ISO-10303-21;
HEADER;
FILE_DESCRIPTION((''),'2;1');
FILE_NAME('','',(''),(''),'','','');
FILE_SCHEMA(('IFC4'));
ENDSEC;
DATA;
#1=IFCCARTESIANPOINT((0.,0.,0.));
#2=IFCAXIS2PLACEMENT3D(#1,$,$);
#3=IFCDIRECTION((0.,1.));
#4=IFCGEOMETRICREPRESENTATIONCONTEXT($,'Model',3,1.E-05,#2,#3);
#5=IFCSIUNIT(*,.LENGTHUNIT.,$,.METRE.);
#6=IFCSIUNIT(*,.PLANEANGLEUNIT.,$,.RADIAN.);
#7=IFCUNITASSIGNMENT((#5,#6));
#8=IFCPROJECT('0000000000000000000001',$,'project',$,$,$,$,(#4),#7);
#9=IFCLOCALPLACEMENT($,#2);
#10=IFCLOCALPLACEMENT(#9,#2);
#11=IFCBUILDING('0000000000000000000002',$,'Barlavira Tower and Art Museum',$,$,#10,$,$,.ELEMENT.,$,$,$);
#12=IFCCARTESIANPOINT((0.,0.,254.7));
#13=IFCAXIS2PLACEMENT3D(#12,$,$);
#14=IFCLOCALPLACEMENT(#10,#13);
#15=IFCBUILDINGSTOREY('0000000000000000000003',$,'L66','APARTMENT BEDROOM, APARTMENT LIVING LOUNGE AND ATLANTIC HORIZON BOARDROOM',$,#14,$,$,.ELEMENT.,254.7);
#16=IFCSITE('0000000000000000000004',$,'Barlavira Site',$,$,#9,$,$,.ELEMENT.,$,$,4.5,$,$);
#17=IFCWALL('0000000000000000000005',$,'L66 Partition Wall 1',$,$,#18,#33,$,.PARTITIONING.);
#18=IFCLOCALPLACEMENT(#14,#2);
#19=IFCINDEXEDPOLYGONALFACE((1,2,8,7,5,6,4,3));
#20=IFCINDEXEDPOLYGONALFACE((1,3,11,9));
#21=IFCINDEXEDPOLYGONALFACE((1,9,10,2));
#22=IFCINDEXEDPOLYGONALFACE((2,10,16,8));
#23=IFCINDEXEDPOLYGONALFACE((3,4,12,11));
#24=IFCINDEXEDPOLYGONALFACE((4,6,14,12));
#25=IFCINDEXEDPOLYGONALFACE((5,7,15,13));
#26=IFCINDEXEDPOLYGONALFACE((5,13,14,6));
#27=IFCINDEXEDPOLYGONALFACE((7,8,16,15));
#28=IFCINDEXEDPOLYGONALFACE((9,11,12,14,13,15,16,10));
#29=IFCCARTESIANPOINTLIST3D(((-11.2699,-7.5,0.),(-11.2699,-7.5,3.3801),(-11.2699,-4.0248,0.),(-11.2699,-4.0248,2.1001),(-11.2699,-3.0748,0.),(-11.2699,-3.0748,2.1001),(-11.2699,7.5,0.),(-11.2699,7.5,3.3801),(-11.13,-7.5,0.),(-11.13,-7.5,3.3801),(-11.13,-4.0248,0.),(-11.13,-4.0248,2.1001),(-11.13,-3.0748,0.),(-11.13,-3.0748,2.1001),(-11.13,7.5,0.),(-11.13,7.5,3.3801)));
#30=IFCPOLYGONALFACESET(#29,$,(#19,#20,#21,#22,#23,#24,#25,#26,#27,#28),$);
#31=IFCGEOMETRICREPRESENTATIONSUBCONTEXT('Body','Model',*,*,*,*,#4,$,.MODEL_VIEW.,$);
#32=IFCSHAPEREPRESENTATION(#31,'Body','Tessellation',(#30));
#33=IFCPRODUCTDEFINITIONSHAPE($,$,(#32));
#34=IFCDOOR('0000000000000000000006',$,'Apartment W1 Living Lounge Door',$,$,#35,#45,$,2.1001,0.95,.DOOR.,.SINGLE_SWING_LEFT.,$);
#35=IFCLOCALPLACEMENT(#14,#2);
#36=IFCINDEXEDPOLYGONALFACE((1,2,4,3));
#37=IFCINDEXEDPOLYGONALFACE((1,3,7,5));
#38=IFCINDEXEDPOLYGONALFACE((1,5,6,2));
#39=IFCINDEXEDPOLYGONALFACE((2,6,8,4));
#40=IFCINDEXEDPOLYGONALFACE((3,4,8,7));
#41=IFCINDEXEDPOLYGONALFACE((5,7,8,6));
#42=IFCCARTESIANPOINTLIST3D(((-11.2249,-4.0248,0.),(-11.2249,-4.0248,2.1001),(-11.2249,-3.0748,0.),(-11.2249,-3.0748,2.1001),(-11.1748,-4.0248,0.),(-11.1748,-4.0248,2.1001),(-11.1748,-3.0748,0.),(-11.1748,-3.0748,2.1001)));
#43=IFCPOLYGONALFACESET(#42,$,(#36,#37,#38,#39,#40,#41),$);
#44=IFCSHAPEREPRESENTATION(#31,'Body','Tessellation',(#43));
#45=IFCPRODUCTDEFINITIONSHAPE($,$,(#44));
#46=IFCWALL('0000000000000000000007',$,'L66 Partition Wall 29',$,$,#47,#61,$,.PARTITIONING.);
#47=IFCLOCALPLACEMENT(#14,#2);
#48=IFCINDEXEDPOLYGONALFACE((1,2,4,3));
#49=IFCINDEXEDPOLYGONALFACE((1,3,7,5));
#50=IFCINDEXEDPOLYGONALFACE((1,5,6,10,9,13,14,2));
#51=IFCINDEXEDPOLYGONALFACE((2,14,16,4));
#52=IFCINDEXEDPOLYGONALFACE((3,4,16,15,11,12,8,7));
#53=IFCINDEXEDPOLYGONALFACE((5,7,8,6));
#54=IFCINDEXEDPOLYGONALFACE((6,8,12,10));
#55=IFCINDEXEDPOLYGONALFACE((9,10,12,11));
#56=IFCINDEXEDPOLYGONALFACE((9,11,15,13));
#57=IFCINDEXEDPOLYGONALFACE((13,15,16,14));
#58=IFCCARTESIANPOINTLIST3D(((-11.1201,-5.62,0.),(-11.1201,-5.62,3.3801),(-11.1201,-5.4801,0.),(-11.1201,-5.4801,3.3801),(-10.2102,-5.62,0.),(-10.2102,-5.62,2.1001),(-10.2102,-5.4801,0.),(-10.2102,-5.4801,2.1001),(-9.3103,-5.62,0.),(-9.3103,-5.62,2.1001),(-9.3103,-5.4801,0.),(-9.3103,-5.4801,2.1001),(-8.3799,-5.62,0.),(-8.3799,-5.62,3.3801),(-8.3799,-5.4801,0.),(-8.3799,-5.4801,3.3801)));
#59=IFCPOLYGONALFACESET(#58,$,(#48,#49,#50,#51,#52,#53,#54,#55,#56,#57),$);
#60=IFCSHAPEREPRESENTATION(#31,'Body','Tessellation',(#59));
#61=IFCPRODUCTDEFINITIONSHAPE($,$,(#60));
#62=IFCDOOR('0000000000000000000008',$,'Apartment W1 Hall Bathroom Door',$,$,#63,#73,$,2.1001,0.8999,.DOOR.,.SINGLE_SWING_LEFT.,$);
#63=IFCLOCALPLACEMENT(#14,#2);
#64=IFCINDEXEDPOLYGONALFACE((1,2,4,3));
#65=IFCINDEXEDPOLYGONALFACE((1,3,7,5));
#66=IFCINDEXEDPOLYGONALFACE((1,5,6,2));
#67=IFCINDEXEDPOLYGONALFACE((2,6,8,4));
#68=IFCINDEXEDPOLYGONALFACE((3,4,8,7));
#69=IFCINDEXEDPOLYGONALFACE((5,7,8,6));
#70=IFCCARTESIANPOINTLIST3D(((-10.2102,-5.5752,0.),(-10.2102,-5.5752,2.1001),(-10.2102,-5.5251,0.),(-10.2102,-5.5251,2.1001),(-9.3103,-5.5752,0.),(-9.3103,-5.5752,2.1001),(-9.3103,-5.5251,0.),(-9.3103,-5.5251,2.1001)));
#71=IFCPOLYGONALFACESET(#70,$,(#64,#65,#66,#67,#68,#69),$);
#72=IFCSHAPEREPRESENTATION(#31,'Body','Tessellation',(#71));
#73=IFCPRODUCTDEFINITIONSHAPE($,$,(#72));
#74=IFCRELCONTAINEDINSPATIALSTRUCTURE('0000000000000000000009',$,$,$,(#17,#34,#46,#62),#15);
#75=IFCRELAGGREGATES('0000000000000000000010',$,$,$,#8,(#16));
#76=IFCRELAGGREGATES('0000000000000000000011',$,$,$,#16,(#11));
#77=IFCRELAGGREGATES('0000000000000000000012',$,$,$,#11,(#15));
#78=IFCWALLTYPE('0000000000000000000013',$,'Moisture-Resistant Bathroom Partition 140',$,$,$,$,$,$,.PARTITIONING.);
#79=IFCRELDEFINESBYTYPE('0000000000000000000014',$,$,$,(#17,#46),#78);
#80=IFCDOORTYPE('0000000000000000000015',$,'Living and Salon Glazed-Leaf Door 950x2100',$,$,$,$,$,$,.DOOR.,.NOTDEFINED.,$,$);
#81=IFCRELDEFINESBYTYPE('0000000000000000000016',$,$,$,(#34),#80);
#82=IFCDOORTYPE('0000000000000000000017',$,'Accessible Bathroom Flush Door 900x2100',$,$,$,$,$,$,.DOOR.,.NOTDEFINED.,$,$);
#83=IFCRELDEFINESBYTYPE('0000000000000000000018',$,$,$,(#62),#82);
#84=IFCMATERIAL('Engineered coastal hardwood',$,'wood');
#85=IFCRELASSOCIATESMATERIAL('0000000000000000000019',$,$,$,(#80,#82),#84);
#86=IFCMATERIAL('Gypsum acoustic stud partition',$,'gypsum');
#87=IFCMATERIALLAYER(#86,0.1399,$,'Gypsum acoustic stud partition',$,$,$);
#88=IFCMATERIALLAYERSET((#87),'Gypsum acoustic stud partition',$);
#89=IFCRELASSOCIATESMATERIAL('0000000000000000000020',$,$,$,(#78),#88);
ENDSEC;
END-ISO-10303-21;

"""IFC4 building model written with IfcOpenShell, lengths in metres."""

from ifc_helpers import new_model, si_unit, direction, frame, frame_2d, origin, place, context, subcontext, project, spatial, rectangle, extrude, material, layer, layer_set, type_object, element, fill, save


model = new_model("IFC4")

# Units and contexts
model_context = context("Model", 3, precision=1e-05, world=origin(), true_north=direction((0.0, 1.0)))
body_context = subcontext(model_context, "Body", "Model", "MODEL_VIEW")
ifc_project = project(units=[si_unit("LENGTHUNIT", "METRE"), si_unit("PLANEANGLEUNIT", "RADIAN")], contexts=[model_context])

# Site, building, storey
site_placement = place(None, origin())
site = spatial("IfcSite", under=ifc_project, at=site_placement, Name="Barlavira Site", CompositionType="ELEMENT", RefElevation=4.5)
building_placement = place(site_placement, origin())
building = spatial("IfcBuilding", under=site, at=building_placement, Name="Barlavira Tower and Art Museum", CompositionType="ELEMENT")
storey_placement = place(building_placement, frame((0.0, 0.0, 254.7)))
storey = spatial("IfcBuildingStorey", under=building, at=storey_placement, Name="L66", Description="APARTMENT BEDROOM, APARTMENT LIVING LOUNGE AND ATLANTIC HORIZON BOARDROOM", CompositionType="ELEMENT", Elevation=254.7)

# Shared definitions
ifc_material_1 = material(Name="Gypsum acoustic stud partition", Category="gypsum")
ifc_material_2 = material(Name="Engineered coastal hardwood", Category="wood")
door_type_1 = type_object("IfcDoorType", Name="Living and Salon Glazed-Leaf Door 950x2100", OperationType="NOTDEFINED", PredefinedType="DOOR", material=ifc_material_2)

# Walls, openings, doors
ifc_layer_1 = layer(ifc_material_1, 0.1399, Name="Gypsum acoustic stud partition")
ifc_layer_set_1 = layer_set([ifc_layer_1], Name="Gypsum acoustic stud partition")
wall_type_1 = type_object("IfcWallType", Name="Moisture-Resistant Bathroom Partition 140", PredefinedType="PARTITIONING", material=ifc_layer_set_1)
wall_1_placement = place(storey_placement, frame((-11.2, -7.5, 0.0), z_axis=(0.0, 0.0, 1.0), x_axis=(0.0, 1.0, 0.0)))
wall_1 = element("IfcWall", 1, at=wall_1_placement, inside=storey, type_object=wall_type_1, Name="L66 Partition Wall 1", PredefinedType="PARTITIONING", context=body_context, shape_type="SweptSolid", body=[
    extrude(rectangle(XDim=15.0, YDim=0.1399, at=frame_2d((7.5, 0.0))), origin(), (0.0, 0.0, 1.0), 3.3801),
])
opening_1_placement = place(wall_1_placement, frame((3.4751, 0.0, 0.0)))
opening_1 = element("IfcOpeningElement", 2, at=opening_1_placement, cuts=wall_1, PredefinedType="OPENING", context=body_context, shape_type="SweptSolid", body=[
    extrude(rectangle(XDim=0.95, YDim=2.1001, at=frame_2d((0.4751, 1.05))), frame((0.0, 0.0801, 0.0), z_axis=(0.0, -1.0, 0.0), x_axis=(1.0, 0.0, 0.0)), (0.0, 0.0, 1.0), 0.1599),
])
door_1_placement = place(opening_1_placement, origin())
door_1 = element("IfcDoor", 3, at=door_1_placement, inside=storey, type_object=door_type_1, Name="Apartment W1 Living Lounge Door", OperationType="SINGLE_SWING_LEFT", OverallHeight=2.1001, OverallWidth=0.95, PredefinedType="DOOR", context=body_context, shape_type="SweptSolid", body=[
    extrude(rectangle(XDim=0.95, YDim=2.1001, at=frame_2d((0.4751, 1.05))), frame((0.0, 0.0249, 0.0), z_axis=(0.0, -1.0, 0.0), x_axis=(1.0, 0.0, 0.0)), (0.0, 0.0, 1.0), 0.05),
])
fill(opening_1, door_1)
wall_2_placement = place(storey_placement, frame((-11.1201, -5.55, 0.0), z_axis=(0.0, 0.0, 1.0), x_axis=(1.0, 0.0, 0.0)))
wall_2 = element("IfcWall", 4, at=wall_2_placement, inside=storey, type_object=wall_type_1, Name="L66 Partition Wall 29", PredefinedType="PARTITIONING", context=body_context, shape_type="SweptSolid", body=[
    extrude(rectangle(XDim=2.7402, YDim=0.1399, at=frame_2d((1.3701, 0.0))), origin(), (0.0, 0.0, 1.0), 3.3801),
])
opening_2_placement = place(wall_2_placement, frame((0.9099, 0.0, 0.0)))
opening_2 = element("IfcOpeningElement", 5, at=opening_2_placement, cuts=wall_2, PredefinedType="OPENING", context=body_context, shape_type="SweptSolid", body=[
    extrude(rectangle(XDim=0.8999, YDim=2.1001, at=frame_2d((0.45, 1.05))), frame((0.0, 0.0801, 0.0), z_axis=(0.0, -1.0, 0.0), x_axis=(1.0, 0.0, 0.0)), (0.0, 0.0, 1.0), 0.1599),
])
door_type_2 = type_object("IfcDoorType", Name="Accessible Bathroom Flush Door 900x2100", OperationType="NOTDEFINED", PredefinedType="DOOR", material=ifc_material_2)
door_2_placement = place(opening_2_placement, origin())
door_2 = element("IfcDoor", 6, at=door_2_placement, inside=storey, type_object=door_type_2, Name="Apartment W1 Hall Bathroom Door", OperationType="SINGLE_SWING_LEFT", OverallHeight=2.1001, OverallWidth=0.8999, PredefinedType="DOOR", context=body_context, shape_type="SweptSolid", body=[
    extrude(rectangle(XDim=0.8999, YDim=2.1001, at=frame_2d((0.45, 1.05))), frame((0.0, 0.0249, 0.0), z_axis=(0.0, -1.0, 0.0), x_axis=(1.0, 0.0, 0.0)), (0.0, 0.0, 1.0), 0.05),
])
fill(opening_2, door_2)

save(model, "model.ifc")
